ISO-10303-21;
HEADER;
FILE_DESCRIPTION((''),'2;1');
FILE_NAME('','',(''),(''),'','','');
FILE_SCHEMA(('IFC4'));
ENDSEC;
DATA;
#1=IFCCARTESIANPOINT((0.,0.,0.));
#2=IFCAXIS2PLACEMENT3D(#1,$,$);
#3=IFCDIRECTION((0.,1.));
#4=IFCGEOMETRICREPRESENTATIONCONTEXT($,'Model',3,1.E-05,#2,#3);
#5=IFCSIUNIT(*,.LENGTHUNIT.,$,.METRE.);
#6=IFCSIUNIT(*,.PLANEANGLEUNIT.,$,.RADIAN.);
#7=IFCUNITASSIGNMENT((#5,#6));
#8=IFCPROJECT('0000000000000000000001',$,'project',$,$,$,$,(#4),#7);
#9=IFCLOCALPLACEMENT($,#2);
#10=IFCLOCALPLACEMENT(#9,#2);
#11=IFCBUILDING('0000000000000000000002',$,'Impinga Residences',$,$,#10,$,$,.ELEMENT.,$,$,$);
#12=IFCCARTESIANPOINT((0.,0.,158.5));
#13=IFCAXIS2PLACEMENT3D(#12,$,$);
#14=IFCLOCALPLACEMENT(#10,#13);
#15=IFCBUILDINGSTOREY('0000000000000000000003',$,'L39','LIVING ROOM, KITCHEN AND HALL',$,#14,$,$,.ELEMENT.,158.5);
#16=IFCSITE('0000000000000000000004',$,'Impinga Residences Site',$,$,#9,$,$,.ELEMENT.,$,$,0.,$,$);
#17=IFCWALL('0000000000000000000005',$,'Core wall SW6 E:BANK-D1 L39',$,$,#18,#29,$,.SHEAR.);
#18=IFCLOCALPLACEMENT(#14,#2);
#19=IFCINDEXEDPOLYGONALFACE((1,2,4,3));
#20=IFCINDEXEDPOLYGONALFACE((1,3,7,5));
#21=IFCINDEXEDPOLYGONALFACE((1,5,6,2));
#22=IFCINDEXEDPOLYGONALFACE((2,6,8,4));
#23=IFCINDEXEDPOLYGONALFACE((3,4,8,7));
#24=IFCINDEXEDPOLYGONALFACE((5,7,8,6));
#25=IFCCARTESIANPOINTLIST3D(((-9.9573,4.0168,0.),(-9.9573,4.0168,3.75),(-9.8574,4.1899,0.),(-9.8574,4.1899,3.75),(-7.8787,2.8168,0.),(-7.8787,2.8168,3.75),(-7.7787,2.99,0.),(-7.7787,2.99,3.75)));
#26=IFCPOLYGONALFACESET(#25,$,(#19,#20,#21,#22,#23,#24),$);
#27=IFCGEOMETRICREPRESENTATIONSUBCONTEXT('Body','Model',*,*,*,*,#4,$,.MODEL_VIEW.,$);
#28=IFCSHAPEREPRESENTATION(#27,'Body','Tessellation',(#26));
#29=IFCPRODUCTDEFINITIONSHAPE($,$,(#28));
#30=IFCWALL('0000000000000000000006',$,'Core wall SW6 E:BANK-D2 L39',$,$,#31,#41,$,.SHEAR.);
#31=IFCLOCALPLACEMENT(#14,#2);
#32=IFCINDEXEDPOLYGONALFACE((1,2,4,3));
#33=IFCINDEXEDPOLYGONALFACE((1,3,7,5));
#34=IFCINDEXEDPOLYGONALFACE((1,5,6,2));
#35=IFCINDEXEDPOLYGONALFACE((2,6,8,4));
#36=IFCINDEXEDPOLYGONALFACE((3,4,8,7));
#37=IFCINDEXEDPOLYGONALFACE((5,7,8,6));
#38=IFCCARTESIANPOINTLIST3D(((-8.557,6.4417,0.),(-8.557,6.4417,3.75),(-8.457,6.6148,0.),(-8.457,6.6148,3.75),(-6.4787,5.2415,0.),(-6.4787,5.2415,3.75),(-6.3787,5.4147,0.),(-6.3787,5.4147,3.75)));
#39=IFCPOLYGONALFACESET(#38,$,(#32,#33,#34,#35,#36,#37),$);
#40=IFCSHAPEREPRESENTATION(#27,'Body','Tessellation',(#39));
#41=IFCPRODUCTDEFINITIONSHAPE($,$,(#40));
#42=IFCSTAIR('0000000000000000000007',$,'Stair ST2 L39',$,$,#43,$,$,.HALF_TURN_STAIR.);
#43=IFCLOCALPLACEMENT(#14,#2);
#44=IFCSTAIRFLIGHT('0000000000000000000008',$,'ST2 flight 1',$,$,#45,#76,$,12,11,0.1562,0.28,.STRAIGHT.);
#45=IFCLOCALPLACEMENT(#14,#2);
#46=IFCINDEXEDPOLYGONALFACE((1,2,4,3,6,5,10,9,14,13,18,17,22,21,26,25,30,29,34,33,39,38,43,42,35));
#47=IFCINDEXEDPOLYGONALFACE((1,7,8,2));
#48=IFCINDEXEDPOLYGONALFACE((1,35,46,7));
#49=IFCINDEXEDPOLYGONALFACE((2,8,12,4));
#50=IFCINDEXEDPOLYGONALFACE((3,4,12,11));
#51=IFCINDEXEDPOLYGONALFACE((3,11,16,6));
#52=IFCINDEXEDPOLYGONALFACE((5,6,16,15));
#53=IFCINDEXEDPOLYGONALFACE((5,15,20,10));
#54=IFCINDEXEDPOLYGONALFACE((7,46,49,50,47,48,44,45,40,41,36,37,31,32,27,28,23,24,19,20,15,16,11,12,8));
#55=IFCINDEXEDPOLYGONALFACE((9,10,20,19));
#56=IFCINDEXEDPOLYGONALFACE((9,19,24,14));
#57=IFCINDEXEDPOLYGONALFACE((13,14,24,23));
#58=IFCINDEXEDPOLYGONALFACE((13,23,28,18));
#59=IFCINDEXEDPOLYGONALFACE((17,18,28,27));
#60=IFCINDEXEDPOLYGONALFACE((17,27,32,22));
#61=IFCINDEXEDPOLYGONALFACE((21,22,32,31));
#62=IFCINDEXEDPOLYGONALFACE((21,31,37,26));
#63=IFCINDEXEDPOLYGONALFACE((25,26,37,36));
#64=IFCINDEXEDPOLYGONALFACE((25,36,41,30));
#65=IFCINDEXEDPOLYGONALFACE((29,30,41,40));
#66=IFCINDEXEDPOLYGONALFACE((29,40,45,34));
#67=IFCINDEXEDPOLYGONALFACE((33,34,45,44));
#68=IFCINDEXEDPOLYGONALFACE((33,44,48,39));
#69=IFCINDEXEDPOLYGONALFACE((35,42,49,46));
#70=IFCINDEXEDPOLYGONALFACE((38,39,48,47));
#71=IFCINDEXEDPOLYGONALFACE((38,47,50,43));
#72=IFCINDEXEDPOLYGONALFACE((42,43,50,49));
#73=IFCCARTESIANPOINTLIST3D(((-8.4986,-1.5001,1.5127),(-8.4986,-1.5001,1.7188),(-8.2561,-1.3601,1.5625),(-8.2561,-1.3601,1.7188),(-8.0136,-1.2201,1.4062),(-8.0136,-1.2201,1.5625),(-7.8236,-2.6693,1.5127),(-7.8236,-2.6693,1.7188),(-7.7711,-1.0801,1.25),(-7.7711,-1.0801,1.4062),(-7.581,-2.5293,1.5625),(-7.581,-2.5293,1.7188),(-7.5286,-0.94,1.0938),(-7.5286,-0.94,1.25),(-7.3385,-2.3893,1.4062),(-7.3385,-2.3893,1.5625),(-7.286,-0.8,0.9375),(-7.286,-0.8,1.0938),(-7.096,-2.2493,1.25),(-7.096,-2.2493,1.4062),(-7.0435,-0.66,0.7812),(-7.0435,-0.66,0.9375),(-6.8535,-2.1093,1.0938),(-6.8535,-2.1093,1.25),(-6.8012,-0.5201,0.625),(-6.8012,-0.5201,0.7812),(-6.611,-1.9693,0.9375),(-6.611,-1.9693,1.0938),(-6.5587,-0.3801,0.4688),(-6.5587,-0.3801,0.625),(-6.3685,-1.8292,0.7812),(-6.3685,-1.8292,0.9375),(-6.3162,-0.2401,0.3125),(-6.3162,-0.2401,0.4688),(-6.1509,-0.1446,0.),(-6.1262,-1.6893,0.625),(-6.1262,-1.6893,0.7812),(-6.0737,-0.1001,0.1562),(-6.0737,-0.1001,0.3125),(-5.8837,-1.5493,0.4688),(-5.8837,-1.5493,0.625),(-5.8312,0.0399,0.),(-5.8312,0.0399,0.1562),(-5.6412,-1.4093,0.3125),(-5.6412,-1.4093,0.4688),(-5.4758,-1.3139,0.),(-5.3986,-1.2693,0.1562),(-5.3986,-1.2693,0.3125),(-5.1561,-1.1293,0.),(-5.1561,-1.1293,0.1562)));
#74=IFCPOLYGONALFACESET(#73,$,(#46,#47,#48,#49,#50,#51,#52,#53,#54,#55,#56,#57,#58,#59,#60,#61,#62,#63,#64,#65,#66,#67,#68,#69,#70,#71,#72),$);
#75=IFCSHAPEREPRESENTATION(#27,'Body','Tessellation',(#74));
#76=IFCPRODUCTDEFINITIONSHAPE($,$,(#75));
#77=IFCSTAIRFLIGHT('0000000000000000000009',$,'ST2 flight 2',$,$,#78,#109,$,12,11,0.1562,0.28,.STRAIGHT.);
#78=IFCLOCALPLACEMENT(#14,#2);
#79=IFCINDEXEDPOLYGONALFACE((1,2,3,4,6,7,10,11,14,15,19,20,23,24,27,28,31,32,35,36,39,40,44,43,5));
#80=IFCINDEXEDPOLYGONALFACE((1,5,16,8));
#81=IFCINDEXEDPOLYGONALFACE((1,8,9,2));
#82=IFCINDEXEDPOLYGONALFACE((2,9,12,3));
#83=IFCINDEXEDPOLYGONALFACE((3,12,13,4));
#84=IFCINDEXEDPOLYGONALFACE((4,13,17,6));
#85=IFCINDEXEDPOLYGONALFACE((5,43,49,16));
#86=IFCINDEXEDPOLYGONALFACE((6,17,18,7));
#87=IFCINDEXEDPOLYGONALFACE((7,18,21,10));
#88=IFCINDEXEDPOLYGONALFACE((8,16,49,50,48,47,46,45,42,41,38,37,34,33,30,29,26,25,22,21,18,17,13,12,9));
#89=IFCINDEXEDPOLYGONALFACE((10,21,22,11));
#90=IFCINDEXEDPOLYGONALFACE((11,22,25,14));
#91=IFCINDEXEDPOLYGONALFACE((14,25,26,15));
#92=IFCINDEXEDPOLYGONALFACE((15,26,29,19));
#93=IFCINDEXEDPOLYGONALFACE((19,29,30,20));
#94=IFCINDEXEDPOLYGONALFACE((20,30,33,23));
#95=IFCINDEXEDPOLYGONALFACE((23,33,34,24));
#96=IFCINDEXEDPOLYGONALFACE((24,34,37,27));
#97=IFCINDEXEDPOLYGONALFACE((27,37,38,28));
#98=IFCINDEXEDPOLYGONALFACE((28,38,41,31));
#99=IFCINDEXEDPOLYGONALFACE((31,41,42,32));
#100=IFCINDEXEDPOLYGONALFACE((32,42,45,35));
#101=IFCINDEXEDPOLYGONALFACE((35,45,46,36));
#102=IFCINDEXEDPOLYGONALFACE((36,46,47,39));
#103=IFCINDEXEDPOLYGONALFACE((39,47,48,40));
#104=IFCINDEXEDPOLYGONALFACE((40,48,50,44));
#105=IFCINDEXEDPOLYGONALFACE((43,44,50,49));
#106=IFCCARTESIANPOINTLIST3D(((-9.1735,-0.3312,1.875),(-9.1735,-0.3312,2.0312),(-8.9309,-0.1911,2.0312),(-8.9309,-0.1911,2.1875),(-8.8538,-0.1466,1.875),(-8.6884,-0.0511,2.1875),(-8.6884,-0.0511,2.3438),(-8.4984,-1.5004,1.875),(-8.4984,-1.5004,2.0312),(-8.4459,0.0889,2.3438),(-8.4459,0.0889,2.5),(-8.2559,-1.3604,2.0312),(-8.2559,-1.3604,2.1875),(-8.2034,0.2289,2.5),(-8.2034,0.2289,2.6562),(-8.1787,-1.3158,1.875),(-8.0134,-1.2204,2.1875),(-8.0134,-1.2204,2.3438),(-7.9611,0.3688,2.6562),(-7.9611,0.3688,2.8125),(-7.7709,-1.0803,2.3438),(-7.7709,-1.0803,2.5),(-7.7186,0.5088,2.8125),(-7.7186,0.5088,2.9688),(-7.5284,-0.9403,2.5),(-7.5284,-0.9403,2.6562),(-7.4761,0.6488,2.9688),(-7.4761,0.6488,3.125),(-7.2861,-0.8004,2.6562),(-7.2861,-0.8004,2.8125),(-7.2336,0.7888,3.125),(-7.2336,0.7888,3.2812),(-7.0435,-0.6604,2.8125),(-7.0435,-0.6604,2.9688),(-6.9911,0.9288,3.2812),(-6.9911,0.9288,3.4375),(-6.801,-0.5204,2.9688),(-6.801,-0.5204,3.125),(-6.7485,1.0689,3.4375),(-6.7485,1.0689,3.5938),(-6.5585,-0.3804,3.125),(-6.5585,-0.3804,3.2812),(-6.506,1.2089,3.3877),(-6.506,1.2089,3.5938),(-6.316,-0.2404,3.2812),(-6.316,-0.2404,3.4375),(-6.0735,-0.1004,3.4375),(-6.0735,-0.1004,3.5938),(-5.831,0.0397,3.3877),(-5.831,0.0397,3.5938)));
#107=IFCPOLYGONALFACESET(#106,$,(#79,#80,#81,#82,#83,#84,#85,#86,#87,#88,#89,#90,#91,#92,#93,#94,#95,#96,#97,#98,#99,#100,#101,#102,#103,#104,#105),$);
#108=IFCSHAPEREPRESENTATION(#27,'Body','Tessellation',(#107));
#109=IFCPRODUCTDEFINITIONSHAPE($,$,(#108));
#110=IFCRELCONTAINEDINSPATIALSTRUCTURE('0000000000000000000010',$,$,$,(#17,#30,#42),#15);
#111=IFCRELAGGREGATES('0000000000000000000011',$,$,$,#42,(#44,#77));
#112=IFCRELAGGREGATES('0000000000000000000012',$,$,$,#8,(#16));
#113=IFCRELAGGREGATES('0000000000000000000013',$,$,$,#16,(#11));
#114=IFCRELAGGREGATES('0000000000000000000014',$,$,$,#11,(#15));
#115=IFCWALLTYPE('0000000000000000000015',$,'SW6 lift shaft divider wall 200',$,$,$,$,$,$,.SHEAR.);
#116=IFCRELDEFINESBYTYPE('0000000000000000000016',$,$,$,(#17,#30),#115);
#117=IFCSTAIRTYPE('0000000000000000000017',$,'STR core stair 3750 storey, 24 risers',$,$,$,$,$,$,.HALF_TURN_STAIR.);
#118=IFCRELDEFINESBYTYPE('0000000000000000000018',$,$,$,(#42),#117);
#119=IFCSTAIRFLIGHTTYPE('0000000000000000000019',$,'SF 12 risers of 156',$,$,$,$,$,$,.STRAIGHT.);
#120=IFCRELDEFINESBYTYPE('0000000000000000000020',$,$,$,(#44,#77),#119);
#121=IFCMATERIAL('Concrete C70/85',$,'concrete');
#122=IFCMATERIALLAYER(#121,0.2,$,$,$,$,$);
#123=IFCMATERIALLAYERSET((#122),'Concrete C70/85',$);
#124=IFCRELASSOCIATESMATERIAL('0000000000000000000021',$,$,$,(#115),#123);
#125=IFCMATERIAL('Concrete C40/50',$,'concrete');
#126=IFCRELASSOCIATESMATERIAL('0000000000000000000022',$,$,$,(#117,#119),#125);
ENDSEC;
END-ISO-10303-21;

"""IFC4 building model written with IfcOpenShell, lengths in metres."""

from ifc_helpers import new_model, si_unit, direction, frame, frame_2d, origin, place, context, subcontext, project, spatial, polyline, rectangle, outline, extrude, material, layer, layer_set, type_object, element, aggregate, save


model = new_model("IFC4")

# Units and contexts
model_context = context("Model", 3, precision=1e-05, world=origin(), true_north=direction((0.0, 1.0)))
body_context = subcontext(model_context, "Body", "Model", "MODEL_VIEW")
ifc_project = project(units=[si_unit("LENGTHUNIT", "METRE"), si_unit("PLANEANGLEUNIT", "RADIAN")], contexts=[model_context])

# Site, building, storey
site_placement = place(None, origin())
site = spatial("IfcSite", under=ifc_project, at=site_placement, Name="Impinga Residences Site", CompositionType="ELEMENT", RefElevation=0.0)
building_placement = place(site_placement, origin())
building = spatial("IfcBuilding", under=site, at=building_placement, Name="Impinga Residences", CompositionType="ELEMENT")
storey_placement = place(building_placement, frame((0.0, 0.0, 158.5)))
storey = spatial("IfcBuildingStorey", under=building, at=storey_placement, Name="L39", Description="LIVING ROOM, KITCHEN AND HALL", CompositionType="ELEMENT", Elevation=158.5)

# Walls
ifc_material_1 = material(Name="Concrete C70/85", Category="concrete")
ifc_layer_1 = layer(ifc_material_1, 0.2)
ifc_layer_set_1 = layer_set([ifc_layer_1], Name="Concrete C70/85")
wall_type_1 = type_object("IfcWallType", Name="SW6 lift shaft divider wall 200", PredefinedType="SHEAR", material=ifc_layer_set_1)
wall_1_placement = place(storey_placement, frame((-7.8286, 2.9033, 0.0), z_axis=(0.0, 0.0, 1.0), x_axis=(-0.86605, 0.499957, 0.0)))
element("IfcWall", 1, at=wall_1_placement, inside=storey, type_object=wall_type_1, Name="Core wall SW6 E:BANK-D1 L39", PredefinedType="SHEAR", context=body_context, shape_type="SweptSolid", body=[
    extrude(rectangle(XDim=2.4001, YDim=0.2, at=frame_2d((1.2002, 0.0))), origin(), (0.0, 0.0, 1.0), 3.75),
])
wall_2_placement = place(storey_placement, frame((-6.4287, 5.3281, 0.0), z_axis=(0.0, 0.0, 1.0), x_axis=(-0.865981, 0.500078, 0.0)))
element("IfcWall", 2, at=wall_2_placement, inside=storey, type_object=wall_type_1, Name="Core wall SW6 E:BANK-D2 L39", PredefinedType="SHEAR", context=body_context, shape_type="SweptSolid", body=[
    extrude(rectangle(XDim=2.3999, YDim=0.2, at=frame_2d((1.2, 0.0))), origin(), (0.0, 0.0, 1.0), 3.75),
])

# Stair, stair flights
ifc_material_2 = material(Name="Concrete C40/50", Category="concrete")
stair_type = type_object("IfcStairType", Name="STR core stair 3750 storey, 24 risers", PredefinedType="HALF_TURN_STAIR", material=ifc_material_2)
stair_placement = place(storey_placement, origin())
stair = element("IfcStair", 3, at=stair_placement, inside=storey, type_object=stair_type, Name="Stair ST2 L39", PredefinedType="HALF_TURN_STAIR")
stair_flight_type = type_object("IfcStairFlightType", Name="SF 12 risers of 156", PredefinedType="STRAIGHT", material=ifc_material_2)
stair_flight_1_placement = place(storey_placement, frame((-5.4937, -0.5447, 0.0), z_axis=(0.0, 0.0, 1.0), x_axis=(-0.866025, -0.5, 0.0)))
stair_flight_1 = element("IfcStairFlight", 4, at=stair_flight_1_placement, type_object=stair_flight_type, Name="ST2 flight 1", NumberOfRisers=12, NumberOfTreads=11, PredefinedType="STRAIGHT", RiserHeight=0.1562, TreadLength=0.28, context=body_context, shape_type="SweptSolid", body=[
    extrude(outline(polyline([(0.0, 0.0), (0.0, 0.1562), (0.28, 0.1562), (0.28, 0.3125), (0.5601, 0.3125), (0.5601, 0.4688), (0.8401, 0.4688), (0.8401, 0.625), (1.1201, 0.625), (1.1201, 0.7812), (1.3999, 0.7812), (1.3999, 0.9375), (1.6799, 0.9375), (1.6799, 1.0938), (1.96, 1.0938), (1.96, 1.25), (2.24, 1.25), (2.24, 1.4062), (2.52, 1.4062), (2.52, 1.5625), (2.8, 1.5625), (2.8, 1.7188), (3.0801, 1.7188), (3.0801, 1.875), (3.0801, 1.5127), (0.3691, 0.0), (0.0, 0.0)])), frame((0.0, 0.675, 0.0), z_axis=(0.0, -1.0, 0.0), x_axis=(1.0, 0.0, 0.0)), (0.0, 0.0, 1.0), 1.3501),
])
stair_flight_2_placement = place(storey_placement, frame((-8.8359, -0.9158, 1.875), z_axis=(0.0, 0.0, 1.0), x_axis=(0.866025, 0.5, 0.0)))
stair_flight_2 = element("IfcStairFlight", 5, at=stair_flight_2_placement, type_object=stair_flight_type, Name="ST2 flight 2", NumberOfRisers=12, NumberOfTreads=11, PredefinedType="STRAIGHT", RiserHeight=0.1562, TreadLength=0.28, context=body_context, shape_type="SweptSolid", body=[
    extrude(outline(polyline([(0.0, 0.0), (0.0, 0.1562), (0.28, 0.1562), (0.28, 0.3125), (0.5601, 0.3125), (0.5601, 0.4688), (0.8401, 0.4688), (0.8401, 0.625), (1.1201, 0.625), (1.1201, 0.7812), (1.3999, 0.7812), (1.3999, 0.9375), (1.6799, 0.9375), (1.6799, 1.0938), (1.96, 1.0938), (1.96, 1.25), (2.24, 1.25), (2.24, 1.4062), (2.52, 1.4062), (2.52, 1.5625), (2.8, 1.5625), (2.8, 1.7188), (3.0801, 1.7188), (3.0801, 1.875), (3.0801, 1.5127), (0.3691, 0.0), (0.0, 0.0)])), frame((0.0, 0.675, 0.0), z_axis=(0.0, -1.0, 0.0), x_axis=(1.0, 0.0, 0.0)), (0.0, 0.0, 1.0), 1.3501),
])
aggregate(stair, [stair_flight_1, stair_flight_2])

save(model, "model.ifc")
